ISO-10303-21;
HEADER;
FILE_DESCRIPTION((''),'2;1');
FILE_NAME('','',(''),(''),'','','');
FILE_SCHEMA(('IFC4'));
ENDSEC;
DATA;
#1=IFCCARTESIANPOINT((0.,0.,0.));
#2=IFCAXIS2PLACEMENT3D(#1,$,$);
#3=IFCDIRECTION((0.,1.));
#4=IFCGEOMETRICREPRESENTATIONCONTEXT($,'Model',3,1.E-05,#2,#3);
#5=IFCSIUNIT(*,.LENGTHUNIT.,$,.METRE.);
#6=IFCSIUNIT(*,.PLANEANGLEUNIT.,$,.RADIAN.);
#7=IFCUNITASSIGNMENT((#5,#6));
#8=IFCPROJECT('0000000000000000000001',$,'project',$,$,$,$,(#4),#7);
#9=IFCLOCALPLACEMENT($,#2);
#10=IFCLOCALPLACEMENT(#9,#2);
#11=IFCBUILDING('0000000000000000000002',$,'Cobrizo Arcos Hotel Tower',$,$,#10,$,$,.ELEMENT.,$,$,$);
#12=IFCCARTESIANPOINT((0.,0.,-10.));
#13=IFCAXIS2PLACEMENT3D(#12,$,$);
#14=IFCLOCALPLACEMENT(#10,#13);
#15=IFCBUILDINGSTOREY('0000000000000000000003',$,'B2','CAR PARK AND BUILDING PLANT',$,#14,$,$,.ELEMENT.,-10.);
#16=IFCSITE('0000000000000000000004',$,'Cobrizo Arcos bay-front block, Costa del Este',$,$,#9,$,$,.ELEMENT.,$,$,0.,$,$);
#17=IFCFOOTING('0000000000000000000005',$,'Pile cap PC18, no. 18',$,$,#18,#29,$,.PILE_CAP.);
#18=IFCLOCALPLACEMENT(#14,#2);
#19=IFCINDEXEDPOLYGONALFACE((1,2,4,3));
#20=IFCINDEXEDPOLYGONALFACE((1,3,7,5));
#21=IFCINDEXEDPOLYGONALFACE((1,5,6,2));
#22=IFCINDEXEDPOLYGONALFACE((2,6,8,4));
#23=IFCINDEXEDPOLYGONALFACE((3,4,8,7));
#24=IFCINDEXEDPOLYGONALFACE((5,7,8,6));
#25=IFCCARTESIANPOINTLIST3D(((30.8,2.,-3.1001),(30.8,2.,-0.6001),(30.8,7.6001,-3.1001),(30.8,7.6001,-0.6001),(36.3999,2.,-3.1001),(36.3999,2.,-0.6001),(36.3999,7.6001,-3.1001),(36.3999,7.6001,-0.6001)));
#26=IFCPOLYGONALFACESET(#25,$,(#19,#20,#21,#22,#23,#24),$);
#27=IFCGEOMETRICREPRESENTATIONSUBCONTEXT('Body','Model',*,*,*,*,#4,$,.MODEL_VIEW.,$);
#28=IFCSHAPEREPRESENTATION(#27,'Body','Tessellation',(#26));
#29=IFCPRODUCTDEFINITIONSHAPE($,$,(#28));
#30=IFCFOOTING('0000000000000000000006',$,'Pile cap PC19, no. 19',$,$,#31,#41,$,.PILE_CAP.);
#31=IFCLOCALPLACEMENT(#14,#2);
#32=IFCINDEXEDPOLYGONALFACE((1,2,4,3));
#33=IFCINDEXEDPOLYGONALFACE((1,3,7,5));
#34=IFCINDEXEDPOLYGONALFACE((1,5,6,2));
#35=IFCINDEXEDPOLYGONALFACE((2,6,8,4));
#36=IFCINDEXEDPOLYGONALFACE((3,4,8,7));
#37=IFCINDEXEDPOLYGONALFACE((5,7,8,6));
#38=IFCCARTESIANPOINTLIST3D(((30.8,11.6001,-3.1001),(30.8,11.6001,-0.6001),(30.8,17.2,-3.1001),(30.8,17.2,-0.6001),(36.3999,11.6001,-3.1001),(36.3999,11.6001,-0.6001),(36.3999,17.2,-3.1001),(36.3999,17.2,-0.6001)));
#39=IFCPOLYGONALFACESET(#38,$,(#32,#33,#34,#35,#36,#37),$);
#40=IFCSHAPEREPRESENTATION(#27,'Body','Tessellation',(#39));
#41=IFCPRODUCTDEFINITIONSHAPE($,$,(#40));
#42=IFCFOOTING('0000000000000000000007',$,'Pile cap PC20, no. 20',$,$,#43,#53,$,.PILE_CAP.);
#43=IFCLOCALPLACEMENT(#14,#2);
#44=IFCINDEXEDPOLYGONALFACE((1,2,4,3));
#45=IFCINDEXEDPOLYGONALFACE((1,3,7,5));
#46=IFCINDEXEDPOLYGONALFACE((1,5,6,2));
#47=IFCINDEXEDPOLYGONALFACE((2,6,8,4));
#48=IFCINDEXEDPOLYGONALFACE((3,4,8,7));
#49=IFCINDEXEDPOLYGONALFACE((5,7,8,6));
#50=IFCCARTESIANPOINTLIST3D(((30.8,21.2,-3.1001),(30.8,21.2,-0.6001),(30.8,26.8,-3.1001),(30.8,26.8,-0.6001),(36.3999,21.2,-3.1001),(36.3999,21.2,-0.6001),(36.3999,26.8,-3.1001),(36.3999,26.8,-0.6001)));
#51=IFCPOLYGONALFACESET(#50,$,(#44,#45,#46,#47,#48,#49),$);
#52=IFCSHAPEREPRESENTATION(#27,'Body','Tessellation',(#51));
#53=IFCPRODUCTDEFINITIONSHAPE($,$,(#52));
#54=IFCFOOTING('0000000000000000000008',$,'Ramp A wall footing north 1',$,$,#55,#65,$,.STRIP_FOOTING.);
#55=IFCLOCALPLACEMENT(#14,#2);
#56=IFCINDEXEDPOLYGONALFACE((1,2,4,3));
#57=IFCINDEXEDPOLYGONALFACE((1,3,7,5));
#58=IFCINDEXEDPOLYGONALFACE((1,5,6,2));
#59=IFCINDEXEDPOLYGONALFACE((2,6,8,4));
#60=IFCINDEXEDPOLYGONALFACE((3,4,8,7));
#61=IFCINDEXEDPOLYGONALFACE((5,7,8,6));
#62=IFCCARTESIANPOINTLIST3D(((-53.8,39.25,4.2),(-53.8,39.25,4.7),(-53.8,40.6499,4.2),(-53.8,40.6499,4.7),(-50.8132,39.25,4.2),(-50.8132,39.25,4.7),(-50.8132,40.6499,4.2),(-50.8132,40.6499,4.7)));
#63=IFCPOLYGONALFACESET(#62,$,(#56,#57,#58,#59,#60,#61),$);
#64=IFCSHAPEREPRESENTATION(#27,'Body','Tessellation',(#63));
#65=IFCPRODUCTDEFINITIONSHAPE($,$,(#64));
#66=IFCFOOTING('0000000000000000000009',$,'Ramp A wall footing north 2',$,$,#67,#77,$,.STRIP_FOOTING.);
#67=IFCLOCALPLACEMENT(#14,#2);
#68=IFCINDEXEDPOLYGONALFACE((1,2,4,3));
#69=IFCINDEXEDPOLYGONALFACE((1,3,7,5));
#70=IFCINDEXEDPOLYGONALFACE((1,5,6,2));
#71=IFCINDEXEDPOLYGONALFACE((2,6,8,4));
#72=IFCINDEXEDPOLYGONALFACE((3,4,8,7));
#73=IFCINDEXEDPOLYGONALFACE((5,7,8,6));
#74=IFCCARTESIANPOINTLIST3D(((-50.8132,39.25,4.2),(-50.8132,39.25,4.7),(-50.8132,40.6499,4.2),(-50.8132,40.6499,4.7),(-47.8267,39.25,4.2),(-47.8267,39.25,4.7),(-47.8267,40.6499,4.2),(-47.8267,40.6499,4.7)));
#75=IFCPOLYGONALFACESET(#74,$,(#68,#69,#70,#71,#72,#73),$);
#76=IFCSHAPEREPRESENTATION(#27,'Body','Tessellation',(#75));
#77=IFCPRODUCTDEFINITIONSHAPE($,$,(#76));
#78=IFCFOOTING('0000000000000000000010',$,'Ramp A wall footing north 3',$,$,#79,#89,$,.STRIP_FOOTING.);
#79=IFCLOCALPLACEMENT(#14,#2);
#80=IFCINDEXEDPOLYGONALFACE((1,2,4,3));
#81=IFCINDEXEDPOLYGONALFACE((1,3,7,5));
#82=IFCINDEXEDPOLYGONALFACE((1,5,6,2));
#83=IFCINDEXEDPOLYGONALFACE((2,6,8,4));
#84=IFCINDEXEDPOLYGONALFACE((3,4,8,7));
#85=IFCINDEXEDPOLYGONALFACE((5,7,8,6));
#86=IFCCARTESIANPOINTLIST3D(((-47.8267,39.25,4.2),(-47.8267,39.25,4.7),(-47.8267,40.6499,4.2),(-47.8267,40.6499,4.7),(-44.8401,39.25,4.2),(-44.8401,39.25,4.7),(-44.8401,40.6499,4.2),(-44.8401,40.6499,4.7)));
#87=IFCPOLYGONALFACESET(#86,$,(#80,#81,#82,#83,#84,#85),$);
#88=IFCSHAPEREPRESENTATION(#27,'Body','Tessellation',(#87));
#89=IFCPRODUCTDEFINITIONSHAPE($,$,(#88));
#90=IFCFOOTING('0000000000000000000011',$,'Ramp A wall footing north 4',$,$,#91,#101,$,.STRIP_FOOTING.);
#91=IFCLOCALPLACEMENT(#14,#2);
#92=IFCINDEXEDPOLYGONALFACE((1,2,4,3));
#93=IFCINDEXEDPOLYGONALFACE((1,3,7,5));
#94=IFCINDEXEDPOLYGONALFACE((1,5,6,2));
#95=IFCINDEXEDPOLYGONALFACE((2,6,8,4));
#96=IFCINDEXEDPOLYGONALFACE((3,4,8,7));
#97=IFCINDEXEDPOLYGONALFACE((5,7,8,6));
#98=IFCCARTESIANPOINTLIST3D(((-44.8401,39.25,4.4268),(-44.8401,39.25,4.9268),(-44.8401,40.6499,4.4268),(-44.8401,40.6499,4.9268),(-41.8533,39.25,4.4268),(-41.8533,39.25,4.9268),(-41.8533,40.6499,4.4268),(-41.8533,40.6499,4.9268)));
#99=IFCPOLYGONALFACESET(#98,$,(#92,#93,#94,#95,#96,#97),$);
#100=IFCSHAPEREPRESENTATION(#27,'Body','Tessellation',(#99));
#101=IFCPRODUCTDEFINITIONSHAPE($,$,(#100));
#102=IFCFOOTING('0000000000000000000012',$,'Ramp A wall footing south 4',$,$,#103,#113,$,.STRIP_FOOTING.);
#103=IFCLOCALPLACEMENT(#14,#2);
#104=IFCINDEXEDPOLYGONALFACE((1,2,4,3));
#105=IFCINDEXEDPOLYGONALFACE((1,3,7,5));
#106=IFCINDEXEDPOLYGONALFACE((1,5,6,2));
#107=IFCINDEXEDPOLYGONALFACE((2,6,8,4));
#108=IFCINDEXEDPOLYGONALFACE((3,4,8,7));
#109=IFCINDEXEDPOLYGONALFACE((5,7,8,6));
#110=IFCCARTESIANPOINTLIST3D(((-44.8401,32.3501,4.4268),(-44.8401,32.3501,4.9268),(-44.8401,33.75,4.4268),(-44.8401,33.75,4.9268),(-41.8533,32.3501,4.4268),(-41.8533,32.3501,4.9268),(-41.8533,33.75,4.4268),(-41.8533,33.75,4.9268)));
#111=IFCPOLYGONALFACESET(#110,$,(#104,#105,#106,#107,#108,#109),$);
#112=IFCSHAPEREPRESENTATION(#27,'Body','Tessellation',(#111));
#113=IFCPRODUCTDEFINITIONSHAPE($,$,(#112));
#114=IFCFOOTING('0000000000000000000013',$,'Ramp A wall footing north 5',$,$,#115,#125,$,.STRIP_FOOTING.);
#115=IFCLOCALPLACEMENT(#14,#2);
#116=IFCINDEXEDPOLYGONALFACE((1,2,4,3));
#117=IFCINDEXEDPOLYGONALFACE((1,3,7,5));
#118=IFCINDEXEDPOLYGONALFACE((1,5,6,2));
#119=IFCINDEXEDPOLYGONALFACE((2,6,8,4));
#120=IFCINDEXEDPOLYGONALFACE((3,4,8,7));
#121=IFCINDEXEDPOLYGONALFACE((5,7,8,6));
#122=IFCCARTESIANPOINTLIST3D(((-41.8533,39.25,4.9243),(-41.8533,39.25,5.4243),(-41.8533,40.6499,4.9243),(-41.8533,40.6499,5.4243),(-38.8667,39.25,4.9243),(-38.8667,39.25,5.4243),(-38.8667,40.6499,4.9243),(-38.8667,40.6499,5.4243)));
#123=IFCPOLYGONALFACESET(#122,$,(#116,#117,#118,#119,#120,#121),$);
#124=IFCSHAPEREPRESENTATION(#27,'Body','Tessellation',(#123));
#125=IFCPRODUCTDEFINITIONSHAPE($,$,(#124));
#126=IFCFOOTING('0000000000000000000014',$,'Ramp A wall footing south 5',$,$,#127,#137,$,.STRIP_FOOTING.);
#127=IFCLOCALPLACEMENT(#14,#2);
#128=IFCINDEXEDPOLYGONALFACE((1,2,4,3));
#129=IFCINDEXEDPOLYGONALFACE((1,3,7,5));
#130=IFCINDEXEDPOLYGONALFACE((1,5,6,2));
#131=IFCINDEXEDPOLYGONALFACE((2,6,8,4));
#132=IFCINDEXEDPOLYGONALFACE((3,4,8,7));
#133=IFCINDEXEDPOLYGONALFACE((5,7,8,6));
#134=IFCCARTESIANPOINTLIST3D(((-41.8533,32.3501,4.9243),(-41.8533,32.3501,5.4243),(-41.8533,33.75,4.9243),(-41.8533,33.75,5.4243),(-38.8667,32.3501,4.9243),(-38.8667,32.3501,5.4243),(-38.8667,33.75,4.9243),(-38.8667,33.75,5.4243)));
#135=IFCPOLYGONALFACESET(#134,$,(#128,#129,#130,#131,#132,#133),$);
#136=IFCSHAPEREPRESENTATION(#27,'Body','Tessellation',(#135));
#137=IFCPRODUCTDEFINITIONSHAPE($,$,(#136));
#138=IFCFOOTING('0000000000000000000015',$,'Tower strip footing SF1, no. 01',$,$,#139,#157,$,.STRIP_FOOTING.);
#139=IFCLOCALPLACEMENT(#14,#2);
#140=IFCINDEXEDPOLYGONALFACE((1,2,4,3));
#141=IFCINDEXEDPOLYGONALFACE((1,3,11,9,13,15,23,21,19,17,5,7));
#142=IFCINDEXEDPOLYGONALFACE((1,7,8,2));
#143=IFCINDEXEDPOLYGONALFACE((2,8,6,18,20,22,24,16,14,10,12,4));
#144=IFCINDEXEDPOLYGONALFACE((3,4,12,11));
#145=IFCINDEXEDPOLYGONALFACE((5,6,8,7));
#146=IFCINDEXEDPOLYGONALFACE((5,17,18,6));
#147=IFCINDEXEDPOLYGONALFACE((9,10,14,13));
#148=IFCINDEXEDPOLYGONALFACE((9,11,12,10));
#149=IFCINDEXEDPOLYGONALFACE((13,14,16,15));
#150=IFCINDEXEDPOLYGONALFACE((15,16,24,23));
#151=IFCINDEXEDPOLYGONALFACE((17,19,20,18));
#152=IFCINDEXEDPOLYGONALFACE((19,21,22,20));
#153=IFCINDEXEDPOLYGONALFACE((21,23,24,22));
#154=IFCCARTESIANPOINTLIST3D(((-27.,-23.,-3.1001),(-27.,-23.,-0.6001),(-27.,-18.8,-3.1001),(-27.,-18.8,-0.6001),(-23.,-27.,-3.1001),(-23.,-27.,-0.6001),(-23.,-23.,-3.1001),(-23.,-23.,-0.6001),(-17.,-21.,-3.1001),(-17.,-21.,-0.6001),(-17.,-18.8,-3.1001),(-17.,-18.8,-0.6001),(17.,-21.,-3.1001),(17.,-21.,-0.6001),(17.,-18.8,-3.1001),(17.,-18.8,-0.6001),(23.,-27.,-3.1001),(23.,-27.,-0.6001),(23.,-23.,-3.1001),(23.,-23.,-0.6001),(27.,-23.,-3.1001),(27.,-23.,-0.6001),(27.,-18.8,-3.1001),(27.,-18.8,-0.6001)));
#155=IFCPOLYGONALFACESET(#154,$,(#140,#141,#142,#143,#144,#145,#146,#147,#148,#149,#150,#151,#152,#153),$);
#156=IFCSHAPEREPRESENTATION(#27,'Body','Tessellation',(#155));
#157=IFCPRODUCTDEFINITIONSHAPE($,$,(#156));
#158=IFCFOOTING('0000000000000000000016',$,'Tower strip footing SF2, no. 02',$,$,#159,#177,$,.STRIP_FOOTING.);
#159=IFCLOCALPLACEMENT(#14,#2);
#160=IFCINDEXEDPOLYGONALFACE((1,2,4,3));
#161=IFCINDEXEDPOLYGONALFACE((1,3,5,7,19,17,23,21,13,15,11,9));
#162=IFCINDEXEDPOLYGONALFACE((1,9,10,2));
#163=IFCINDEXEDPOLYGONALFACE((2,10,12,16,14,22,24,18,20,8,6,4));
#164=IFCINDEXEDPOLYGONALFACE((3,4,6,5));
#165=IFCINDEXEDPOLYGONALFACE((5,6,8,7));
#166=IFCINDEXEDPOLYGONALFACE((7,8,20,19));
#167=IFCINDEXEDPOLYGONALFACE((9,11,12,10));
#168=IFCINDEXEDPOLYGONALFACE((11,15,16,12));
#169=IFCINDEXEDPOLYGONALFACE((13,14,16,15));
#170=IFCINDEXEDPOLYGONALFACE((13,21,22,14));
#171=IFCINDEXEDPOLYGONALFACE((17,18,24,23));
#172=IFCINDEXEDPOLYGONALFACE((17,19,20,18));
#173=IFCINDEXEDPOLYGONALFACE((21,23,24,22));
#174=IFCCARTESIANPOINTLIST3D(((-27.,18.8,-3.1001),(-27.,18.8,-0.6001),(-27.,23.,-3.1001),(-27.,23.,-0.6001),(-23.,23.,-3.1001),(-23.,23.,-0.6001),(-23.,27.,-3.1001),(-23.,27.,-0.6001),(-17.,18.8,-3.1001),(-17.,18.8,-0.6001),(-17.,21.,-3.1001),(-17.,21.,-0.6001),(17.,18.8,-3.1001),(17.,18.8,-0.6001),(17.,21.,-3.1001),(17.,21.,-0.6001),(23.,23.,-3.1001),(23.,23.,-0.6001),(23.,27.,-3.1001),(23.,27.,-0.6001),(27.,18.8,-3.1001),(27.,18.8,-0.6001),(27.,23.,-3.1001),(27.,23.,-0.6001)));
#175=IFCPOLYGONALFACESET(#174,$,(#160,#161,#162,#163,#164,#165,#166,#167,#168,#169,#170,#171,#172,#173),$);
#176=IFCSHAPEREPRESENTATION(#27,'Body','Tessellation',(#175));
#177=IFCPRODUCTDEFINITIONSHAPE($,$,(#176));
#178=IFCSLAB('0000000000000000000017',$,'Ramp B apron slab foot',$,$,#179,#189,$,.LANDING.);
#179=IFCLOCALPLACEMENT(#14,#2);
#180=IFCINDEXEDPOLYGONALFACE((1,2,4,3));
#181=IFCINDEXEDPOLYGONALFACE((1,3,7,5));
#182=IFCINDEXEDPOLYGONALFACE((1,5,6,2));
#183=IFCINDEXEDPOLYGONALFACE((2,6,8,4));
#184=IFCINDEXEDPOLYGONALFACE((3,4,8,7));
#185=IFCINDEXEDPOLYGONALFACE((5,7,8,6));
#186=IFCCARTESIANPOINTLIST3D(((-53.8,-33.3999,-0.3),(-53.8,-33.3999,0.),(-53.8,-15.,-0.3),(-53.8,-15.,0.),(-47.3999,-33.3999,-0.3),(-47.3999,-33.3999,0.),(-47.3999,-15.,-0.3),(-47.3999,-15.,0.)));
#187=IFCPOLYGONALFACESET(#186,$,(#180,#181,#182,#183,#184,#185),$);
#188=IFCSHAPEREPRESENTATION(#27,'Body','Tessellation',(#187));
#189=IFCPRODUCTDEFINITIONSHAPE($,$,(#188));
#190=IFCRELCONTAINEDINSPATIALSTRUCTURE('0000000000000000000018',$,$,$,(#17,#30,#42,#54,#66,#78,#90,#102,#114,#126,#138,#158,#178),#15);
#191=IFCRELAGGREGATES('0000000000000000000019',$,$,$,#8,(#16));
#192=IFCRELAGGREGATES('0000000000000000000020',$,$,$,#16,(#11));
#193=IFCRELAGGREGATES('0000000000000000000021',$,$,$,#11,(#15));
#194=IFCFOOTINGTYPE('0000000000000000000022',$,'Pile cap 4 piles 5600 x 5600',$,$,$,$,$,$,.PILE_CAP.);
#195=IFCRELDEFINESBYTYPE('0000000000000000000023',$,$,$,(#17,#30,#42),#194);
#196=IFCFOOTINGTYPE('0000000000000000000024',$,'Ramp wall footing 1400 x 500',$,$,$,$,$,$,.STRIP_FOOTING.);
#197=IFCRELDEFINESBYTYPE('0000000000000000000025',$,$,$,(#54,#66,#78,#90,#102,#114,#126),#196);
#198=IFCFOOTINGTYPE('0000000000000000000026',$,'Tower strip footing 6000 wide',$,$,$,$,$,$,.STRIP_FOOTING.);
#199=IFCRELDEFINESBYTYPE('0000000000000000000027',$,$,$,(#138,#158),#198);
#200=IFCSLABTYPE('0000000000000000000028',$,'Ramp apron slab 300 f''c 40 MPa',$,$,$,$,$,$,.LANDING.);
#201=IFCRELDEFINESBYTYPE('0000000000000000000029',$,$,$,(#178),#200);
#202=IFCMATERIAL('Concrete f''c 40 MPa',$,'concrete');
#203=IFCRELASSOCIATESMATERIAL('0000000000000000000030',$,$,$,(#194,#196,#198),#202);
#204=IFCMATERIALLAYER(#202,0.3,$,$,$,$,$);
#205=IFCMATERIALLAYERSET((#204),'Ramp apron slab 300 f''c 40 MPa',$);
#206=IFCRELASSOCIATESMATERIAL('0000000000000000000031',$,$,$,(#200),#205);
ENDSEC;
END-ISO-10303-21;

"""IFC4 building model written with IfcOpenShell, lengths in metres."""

from ifc_helpers import new_model, si_unit, direction, frame, origin, place, context, subcontext, project, spatial, polyline, outline, extrude, material, layer, layer_set, type_object, element, save


model = new_model("IFC4")

# Units and contexts
model_context = context("Model", 3, precision=1e-05, world=origin(), true_north=direction((0.0, 1.0)))
body_context = subcontext(model_context, "Body", "Model", "MODEL_VIEW")
ifc_project = project(units=[si_unit("LENGTHUNIT", "METRE"), si_unit("PLANEANGLEUNIT", "RADIAN")], contexts=[model_context])

# Site, building, storey
site_placement = place(None, origin())
site = spatial("IfcSite", under=ifc_project, at=site_placement, Name="Cobrizo Arcos bay-front block, Costa del Este", CompositionType="ELEMENT", RefElevation=0.0)
building_placement = place(site_placement, origin())
building = spatial("IfcBuilding", under=site, at=building_placement, Name="Cobrizo Arcos Hotel Tower", CompositionType="ELEMENT")
storey_placement = place(building_placement, frame((0.0, 0.0, -10.0)))
storey = spatial("IfcBuildingStorey", under=building, at=storey_placement, Name="B2", Description="CAR PARK AND BUILDING PLANT", CompositionType="ELEMENT", Elevation=-10.0)

# Shared definitions
ifc_material_1 = material(Name="Concrete f'c 40 MPa", Category="concrete")

# Footings
footing_type_1 = type_object("IfcFootingType", Name="Pile cap 4 piles 5600 x 5600", PredefinedType="PILE_CAP", material=ifc_material_1)
footing_1_placement = place(storey_placement, frame((0.0, 0.0, -3.1001)))
element("IfcFooting", 1, at=footing_1_placement, inside=storey, type_object=footing_type_1, Name="Pile cap PC18, no. 18", PredefinedType="PILE_CAP", context=body_context, shape_type="SweptSolid", body=[
    extrude(outline(polyline([(36.3999, 2.0), (36.3999, 7.6001), (30.8, 7.6001), (30.8, 2.0), (36.3999, 2.0)])), origin(), (0.0, 0.0, 1.0), 2.5),
])
footing_2_placement = place(storey_placement, frame((0.0, 0.0, -3.1001)))
element("IfcFooting", 2, at=footing_2_placement, inside=storey, type_object=footing_type_1, Name="Pile cap PC19, no. 19", PredefinedType="PILE_CAP", context=body_context, shape_type="SweptSolid", body=[
    extrude(outline(polyline([(36.3999, 11.6001), (36.3999, 17.2), (30.8, 17.2), (30.8, 11.6001), (36.3999, 11.6001)])), origin(), (0.0, 0.0, 1.0), 2.5),
])
footing_3_placement = place(storey_placement, frame((0.0, 0.0, -3.1001)))
element("IfcFooting", 3, at=footing_3_placement, inside=storey, type_object=footing_type_1, Name="Pile cap PC20, no. 20", PredefinedType="PILE_CAP", context=body_context, shape_type="SweptSolid", body=[
    extrude(outline(polyline([(36.3999, 21.2), (36.3999, 26.8), (30.8, 26.8), (30.8, 21.2), (36.3999, 21.2)])), origin(), (0.0, 0.0, 1.0), 2.5),
])
footing_type_2 = type_object("IfcFootingType", Name="Ramp wall footing 1400 x 500", PredefinedType="STRIP_FOOTING", material=ifc_material_1)
footing_4_placement = place(storey_placement, frame((0.0, 0.0, 4.2)))
element("IfcFooting", 4, at=footing_4_placement, inside=storey, type_object=footing_type_2, Name="Ramp A wall footing north 1", PredefinedType="STRIP_FOOTING", context=body_context, shape_type="SweptSolid", body=[
    extrude(outline(polyline([(-50.8132, 40.6499), (-50.8132, 39.25), (-53.8, 39.25), (-53.8, 40.6499), (-50.8132, 40.6499)])), origin(), (0.0, 0.0, 1.0), 0.5),
])
footing_5_placement = place(storey_placement, frame((0.0, 0.0, 4.2)))
element("IfcFooting", 5, at=footing_5_placement, inside=storey, type_object=footing_type_2, Name="Ramp A wall footing north 2", PredefinedType="STRIP_FOOTING", context=body_context, shape_type="SweptSolid", body=[
    extrude(outline(polyline([(-47.8267, 40.6499), (-47.8267, 39.25), (-50.8132, 39.25), (-50.8132, 40.6499), (-47.8267, 40.6499)])), origin(), (0.0, 0.0, 1.0), 0.5),
])
footing_6_placement = place(storey_placement, frame((0.0, 0.0, 4.2)))
element("IfcFooting", 6, at=footing_6_placement, inside=storey, type_object=footing_type_2, Name="Ramp A wall footing north 3", PredefinedType="STRIP_FOOTING", context=body_context, shape_type="SweptSolid", body=[
    extrude(outline(polyline([(-44.8401, 40.6499), (-44.8401, 39.25), (-47.8267, 39.25), (-47.8267, 40.6499), (-44.8401, 40.6499)])), origin(), (0.0, 0.0, 1.0), 0.5),
])
footing_7_placement = place(storey_placement, frame((0.0, 0.0, 4.4268)))
element("IfcFooting", 7, at=footing_7_placement, inside=storey, type_object=footing_type_2, Name="Ramp A wall footing north 4", PredefinedType="STRIP_FOOTING", context=body_context, shape_type="SweptSolid", body=[
    extrude(outline(polyline([(-41.8533, 40.6499), (-41.8533, 39.25), (-44.8401, 39.25), (-44.8401, 40.6499), (-41.8533, 40.6499)])), origin(), (0.0, 0.0, 1.0), 0.5),
])
footing_8_placement = place(storey_placement, frame((0.0, 0.0, 4.4268)))
element("IfcFooting", 8, at=footing_8_placement, inside=storey, type_object=footing_type_2, Name="Ramp A wall footing south 4", PredefinedType="STRIP_FOOTING", context=body_context, shape_type="SweptSolid", body=[
    extrude(outline(polyline([(-41.8533, 33.75), (-41.8533, 32.3501), (-44.8401, 32.3501), (-44.8401, 33.75), (-41.8533, 33.75)])), origin(), (0.0, 0.0, 1.0), 0.5),
])
footing_9_placement = place(storey_placement, frame((0.0, 0.0, 4.9243)))
element("IfcFooting", 9, at=footing_9_placement, inside=storey, type_object=footing_type_2, Name="Ramp A wall footing north 5", PredefinedType="STRIP_FOOTING", context=body_context, shape_type="SweptSolid", body=[
    extrude(outline(polyline([(-38.8667, 40.6499), (-38.8667, 39.25), (-41.8533, 39.25), (-41.8533, 40.6499), (-38.8667, 40.6499)])), origin(), (0.0, 0.0, 1.0), 0.5),
])
footing_10_placement = place(storey_placement, frame((0.0, 0.0, 4.9243)))
element("IfcFooting", 10, at=footing_10_placement, inside=storey, type_object=footing_type_2, Name="Ramp A wall footing south 5", PredefinedType="STRIP_FOOTING", context=body_context, shape_type="SweptSolid", body=[
    extrude(outline(polyline([(-38.8667, 33.75), (-38.8667, 32.3501), (-41.8533, 32.3501), (-41.8533, 33.75), (-38.8667, 33.75)])), origin(), (0.0, 0.0, 1.0), 0.5),
])
footing_type_3 = type_object("IfcFootingType", Name="Tower strip footing 6000 wide", PredefinedType="STRIP_FOOTING", material=ifc_material_1)
footing_11_placement = place(storey_placement, frame((0.0, 0.0, -3.1001)))
element("IfcFooting", 11, at=footing_11_placement, inside=storey, type_object=footing_type_3, Name="Tower strip footing SF1, no. 01", PredefinedType="STRIP_FOOTING", context=body_context, shape_type="SweptSolid", body=[
    extrude(outline(polyline([(-23.0, -23.0), (-27.0, -23.0), (-27.0, -18.8), (-17.0, -18.8), (-17.0, -21.0), (17.0, -21.0), (17.0, -18.8), (27.0, -18.8), (27.0, -23.0), (23.0, -23.0), (23.0, -27.0), (-23.0, -27.0), (-23.0, -23.0)])), origin(), (0.0, 0.0, 1.0), 2.5),
])
footing_12_placement = place(storey_placement, frame((0.0, 0.0, -3.1001)))
element("IfcFooting", 12, at=footing_12_placement, inside=storey, type_object=footing_type_3, Name="Tower strip footing SF2, no. 02", PredefinedType="STRIP_FOOTING", context=body_context, shape_type="SweptSolid", body=[
    extrude(outline(polyline([(-27.0, 23.0), (-23.0, 23.0), (-23.0, 27.0), (23.0, 27.0), (23.0, 23.0), (27.0, 23.0), (27.0, 18.8), (17.0, 18.8), (17.0, 21.0), (-17.0, 21.0), (-17.0, 18.8), (-27.0, 18.8), (-27.0, 23.0)])), origin(), (0.0, 0.0, 1.0), 2.5),
])

# Slab
ifc_layer_1 = layer(ifc_material_1, 0.3)
ifc_layer_set_1 = layer_set([ifc_layer_1], Name="Ramp apron slab 300 f'c 40 MPa")
slab_type = type_object("IfcSlabType", Name="Ramp apron slab 300 f'c 40 MPa", PredefinedType="LANDING", material=ifc_layer_set_1)
slab_1_placement = place(storey_placement, frame((0.0, 0.0, -0.3)))
element("IfcSlab", 13, at=slab_1_placement, inside=storey, type_object=slab_type, Name="Ramp B apron slab foot", PredefinedType="LANDING", context=body_context, shape_type="SweptSolid", body=[
    extrude(outline(polyline([(-53.8, -33.3999), (-47.3999, -33.3999), (-47.3999, -15.0), (-53.8, -15.0), (-53.8, -33.3999)])), origin(), (0.0, 0.0, 1.0), 0.3),
])

save(model, "model.ifc")
